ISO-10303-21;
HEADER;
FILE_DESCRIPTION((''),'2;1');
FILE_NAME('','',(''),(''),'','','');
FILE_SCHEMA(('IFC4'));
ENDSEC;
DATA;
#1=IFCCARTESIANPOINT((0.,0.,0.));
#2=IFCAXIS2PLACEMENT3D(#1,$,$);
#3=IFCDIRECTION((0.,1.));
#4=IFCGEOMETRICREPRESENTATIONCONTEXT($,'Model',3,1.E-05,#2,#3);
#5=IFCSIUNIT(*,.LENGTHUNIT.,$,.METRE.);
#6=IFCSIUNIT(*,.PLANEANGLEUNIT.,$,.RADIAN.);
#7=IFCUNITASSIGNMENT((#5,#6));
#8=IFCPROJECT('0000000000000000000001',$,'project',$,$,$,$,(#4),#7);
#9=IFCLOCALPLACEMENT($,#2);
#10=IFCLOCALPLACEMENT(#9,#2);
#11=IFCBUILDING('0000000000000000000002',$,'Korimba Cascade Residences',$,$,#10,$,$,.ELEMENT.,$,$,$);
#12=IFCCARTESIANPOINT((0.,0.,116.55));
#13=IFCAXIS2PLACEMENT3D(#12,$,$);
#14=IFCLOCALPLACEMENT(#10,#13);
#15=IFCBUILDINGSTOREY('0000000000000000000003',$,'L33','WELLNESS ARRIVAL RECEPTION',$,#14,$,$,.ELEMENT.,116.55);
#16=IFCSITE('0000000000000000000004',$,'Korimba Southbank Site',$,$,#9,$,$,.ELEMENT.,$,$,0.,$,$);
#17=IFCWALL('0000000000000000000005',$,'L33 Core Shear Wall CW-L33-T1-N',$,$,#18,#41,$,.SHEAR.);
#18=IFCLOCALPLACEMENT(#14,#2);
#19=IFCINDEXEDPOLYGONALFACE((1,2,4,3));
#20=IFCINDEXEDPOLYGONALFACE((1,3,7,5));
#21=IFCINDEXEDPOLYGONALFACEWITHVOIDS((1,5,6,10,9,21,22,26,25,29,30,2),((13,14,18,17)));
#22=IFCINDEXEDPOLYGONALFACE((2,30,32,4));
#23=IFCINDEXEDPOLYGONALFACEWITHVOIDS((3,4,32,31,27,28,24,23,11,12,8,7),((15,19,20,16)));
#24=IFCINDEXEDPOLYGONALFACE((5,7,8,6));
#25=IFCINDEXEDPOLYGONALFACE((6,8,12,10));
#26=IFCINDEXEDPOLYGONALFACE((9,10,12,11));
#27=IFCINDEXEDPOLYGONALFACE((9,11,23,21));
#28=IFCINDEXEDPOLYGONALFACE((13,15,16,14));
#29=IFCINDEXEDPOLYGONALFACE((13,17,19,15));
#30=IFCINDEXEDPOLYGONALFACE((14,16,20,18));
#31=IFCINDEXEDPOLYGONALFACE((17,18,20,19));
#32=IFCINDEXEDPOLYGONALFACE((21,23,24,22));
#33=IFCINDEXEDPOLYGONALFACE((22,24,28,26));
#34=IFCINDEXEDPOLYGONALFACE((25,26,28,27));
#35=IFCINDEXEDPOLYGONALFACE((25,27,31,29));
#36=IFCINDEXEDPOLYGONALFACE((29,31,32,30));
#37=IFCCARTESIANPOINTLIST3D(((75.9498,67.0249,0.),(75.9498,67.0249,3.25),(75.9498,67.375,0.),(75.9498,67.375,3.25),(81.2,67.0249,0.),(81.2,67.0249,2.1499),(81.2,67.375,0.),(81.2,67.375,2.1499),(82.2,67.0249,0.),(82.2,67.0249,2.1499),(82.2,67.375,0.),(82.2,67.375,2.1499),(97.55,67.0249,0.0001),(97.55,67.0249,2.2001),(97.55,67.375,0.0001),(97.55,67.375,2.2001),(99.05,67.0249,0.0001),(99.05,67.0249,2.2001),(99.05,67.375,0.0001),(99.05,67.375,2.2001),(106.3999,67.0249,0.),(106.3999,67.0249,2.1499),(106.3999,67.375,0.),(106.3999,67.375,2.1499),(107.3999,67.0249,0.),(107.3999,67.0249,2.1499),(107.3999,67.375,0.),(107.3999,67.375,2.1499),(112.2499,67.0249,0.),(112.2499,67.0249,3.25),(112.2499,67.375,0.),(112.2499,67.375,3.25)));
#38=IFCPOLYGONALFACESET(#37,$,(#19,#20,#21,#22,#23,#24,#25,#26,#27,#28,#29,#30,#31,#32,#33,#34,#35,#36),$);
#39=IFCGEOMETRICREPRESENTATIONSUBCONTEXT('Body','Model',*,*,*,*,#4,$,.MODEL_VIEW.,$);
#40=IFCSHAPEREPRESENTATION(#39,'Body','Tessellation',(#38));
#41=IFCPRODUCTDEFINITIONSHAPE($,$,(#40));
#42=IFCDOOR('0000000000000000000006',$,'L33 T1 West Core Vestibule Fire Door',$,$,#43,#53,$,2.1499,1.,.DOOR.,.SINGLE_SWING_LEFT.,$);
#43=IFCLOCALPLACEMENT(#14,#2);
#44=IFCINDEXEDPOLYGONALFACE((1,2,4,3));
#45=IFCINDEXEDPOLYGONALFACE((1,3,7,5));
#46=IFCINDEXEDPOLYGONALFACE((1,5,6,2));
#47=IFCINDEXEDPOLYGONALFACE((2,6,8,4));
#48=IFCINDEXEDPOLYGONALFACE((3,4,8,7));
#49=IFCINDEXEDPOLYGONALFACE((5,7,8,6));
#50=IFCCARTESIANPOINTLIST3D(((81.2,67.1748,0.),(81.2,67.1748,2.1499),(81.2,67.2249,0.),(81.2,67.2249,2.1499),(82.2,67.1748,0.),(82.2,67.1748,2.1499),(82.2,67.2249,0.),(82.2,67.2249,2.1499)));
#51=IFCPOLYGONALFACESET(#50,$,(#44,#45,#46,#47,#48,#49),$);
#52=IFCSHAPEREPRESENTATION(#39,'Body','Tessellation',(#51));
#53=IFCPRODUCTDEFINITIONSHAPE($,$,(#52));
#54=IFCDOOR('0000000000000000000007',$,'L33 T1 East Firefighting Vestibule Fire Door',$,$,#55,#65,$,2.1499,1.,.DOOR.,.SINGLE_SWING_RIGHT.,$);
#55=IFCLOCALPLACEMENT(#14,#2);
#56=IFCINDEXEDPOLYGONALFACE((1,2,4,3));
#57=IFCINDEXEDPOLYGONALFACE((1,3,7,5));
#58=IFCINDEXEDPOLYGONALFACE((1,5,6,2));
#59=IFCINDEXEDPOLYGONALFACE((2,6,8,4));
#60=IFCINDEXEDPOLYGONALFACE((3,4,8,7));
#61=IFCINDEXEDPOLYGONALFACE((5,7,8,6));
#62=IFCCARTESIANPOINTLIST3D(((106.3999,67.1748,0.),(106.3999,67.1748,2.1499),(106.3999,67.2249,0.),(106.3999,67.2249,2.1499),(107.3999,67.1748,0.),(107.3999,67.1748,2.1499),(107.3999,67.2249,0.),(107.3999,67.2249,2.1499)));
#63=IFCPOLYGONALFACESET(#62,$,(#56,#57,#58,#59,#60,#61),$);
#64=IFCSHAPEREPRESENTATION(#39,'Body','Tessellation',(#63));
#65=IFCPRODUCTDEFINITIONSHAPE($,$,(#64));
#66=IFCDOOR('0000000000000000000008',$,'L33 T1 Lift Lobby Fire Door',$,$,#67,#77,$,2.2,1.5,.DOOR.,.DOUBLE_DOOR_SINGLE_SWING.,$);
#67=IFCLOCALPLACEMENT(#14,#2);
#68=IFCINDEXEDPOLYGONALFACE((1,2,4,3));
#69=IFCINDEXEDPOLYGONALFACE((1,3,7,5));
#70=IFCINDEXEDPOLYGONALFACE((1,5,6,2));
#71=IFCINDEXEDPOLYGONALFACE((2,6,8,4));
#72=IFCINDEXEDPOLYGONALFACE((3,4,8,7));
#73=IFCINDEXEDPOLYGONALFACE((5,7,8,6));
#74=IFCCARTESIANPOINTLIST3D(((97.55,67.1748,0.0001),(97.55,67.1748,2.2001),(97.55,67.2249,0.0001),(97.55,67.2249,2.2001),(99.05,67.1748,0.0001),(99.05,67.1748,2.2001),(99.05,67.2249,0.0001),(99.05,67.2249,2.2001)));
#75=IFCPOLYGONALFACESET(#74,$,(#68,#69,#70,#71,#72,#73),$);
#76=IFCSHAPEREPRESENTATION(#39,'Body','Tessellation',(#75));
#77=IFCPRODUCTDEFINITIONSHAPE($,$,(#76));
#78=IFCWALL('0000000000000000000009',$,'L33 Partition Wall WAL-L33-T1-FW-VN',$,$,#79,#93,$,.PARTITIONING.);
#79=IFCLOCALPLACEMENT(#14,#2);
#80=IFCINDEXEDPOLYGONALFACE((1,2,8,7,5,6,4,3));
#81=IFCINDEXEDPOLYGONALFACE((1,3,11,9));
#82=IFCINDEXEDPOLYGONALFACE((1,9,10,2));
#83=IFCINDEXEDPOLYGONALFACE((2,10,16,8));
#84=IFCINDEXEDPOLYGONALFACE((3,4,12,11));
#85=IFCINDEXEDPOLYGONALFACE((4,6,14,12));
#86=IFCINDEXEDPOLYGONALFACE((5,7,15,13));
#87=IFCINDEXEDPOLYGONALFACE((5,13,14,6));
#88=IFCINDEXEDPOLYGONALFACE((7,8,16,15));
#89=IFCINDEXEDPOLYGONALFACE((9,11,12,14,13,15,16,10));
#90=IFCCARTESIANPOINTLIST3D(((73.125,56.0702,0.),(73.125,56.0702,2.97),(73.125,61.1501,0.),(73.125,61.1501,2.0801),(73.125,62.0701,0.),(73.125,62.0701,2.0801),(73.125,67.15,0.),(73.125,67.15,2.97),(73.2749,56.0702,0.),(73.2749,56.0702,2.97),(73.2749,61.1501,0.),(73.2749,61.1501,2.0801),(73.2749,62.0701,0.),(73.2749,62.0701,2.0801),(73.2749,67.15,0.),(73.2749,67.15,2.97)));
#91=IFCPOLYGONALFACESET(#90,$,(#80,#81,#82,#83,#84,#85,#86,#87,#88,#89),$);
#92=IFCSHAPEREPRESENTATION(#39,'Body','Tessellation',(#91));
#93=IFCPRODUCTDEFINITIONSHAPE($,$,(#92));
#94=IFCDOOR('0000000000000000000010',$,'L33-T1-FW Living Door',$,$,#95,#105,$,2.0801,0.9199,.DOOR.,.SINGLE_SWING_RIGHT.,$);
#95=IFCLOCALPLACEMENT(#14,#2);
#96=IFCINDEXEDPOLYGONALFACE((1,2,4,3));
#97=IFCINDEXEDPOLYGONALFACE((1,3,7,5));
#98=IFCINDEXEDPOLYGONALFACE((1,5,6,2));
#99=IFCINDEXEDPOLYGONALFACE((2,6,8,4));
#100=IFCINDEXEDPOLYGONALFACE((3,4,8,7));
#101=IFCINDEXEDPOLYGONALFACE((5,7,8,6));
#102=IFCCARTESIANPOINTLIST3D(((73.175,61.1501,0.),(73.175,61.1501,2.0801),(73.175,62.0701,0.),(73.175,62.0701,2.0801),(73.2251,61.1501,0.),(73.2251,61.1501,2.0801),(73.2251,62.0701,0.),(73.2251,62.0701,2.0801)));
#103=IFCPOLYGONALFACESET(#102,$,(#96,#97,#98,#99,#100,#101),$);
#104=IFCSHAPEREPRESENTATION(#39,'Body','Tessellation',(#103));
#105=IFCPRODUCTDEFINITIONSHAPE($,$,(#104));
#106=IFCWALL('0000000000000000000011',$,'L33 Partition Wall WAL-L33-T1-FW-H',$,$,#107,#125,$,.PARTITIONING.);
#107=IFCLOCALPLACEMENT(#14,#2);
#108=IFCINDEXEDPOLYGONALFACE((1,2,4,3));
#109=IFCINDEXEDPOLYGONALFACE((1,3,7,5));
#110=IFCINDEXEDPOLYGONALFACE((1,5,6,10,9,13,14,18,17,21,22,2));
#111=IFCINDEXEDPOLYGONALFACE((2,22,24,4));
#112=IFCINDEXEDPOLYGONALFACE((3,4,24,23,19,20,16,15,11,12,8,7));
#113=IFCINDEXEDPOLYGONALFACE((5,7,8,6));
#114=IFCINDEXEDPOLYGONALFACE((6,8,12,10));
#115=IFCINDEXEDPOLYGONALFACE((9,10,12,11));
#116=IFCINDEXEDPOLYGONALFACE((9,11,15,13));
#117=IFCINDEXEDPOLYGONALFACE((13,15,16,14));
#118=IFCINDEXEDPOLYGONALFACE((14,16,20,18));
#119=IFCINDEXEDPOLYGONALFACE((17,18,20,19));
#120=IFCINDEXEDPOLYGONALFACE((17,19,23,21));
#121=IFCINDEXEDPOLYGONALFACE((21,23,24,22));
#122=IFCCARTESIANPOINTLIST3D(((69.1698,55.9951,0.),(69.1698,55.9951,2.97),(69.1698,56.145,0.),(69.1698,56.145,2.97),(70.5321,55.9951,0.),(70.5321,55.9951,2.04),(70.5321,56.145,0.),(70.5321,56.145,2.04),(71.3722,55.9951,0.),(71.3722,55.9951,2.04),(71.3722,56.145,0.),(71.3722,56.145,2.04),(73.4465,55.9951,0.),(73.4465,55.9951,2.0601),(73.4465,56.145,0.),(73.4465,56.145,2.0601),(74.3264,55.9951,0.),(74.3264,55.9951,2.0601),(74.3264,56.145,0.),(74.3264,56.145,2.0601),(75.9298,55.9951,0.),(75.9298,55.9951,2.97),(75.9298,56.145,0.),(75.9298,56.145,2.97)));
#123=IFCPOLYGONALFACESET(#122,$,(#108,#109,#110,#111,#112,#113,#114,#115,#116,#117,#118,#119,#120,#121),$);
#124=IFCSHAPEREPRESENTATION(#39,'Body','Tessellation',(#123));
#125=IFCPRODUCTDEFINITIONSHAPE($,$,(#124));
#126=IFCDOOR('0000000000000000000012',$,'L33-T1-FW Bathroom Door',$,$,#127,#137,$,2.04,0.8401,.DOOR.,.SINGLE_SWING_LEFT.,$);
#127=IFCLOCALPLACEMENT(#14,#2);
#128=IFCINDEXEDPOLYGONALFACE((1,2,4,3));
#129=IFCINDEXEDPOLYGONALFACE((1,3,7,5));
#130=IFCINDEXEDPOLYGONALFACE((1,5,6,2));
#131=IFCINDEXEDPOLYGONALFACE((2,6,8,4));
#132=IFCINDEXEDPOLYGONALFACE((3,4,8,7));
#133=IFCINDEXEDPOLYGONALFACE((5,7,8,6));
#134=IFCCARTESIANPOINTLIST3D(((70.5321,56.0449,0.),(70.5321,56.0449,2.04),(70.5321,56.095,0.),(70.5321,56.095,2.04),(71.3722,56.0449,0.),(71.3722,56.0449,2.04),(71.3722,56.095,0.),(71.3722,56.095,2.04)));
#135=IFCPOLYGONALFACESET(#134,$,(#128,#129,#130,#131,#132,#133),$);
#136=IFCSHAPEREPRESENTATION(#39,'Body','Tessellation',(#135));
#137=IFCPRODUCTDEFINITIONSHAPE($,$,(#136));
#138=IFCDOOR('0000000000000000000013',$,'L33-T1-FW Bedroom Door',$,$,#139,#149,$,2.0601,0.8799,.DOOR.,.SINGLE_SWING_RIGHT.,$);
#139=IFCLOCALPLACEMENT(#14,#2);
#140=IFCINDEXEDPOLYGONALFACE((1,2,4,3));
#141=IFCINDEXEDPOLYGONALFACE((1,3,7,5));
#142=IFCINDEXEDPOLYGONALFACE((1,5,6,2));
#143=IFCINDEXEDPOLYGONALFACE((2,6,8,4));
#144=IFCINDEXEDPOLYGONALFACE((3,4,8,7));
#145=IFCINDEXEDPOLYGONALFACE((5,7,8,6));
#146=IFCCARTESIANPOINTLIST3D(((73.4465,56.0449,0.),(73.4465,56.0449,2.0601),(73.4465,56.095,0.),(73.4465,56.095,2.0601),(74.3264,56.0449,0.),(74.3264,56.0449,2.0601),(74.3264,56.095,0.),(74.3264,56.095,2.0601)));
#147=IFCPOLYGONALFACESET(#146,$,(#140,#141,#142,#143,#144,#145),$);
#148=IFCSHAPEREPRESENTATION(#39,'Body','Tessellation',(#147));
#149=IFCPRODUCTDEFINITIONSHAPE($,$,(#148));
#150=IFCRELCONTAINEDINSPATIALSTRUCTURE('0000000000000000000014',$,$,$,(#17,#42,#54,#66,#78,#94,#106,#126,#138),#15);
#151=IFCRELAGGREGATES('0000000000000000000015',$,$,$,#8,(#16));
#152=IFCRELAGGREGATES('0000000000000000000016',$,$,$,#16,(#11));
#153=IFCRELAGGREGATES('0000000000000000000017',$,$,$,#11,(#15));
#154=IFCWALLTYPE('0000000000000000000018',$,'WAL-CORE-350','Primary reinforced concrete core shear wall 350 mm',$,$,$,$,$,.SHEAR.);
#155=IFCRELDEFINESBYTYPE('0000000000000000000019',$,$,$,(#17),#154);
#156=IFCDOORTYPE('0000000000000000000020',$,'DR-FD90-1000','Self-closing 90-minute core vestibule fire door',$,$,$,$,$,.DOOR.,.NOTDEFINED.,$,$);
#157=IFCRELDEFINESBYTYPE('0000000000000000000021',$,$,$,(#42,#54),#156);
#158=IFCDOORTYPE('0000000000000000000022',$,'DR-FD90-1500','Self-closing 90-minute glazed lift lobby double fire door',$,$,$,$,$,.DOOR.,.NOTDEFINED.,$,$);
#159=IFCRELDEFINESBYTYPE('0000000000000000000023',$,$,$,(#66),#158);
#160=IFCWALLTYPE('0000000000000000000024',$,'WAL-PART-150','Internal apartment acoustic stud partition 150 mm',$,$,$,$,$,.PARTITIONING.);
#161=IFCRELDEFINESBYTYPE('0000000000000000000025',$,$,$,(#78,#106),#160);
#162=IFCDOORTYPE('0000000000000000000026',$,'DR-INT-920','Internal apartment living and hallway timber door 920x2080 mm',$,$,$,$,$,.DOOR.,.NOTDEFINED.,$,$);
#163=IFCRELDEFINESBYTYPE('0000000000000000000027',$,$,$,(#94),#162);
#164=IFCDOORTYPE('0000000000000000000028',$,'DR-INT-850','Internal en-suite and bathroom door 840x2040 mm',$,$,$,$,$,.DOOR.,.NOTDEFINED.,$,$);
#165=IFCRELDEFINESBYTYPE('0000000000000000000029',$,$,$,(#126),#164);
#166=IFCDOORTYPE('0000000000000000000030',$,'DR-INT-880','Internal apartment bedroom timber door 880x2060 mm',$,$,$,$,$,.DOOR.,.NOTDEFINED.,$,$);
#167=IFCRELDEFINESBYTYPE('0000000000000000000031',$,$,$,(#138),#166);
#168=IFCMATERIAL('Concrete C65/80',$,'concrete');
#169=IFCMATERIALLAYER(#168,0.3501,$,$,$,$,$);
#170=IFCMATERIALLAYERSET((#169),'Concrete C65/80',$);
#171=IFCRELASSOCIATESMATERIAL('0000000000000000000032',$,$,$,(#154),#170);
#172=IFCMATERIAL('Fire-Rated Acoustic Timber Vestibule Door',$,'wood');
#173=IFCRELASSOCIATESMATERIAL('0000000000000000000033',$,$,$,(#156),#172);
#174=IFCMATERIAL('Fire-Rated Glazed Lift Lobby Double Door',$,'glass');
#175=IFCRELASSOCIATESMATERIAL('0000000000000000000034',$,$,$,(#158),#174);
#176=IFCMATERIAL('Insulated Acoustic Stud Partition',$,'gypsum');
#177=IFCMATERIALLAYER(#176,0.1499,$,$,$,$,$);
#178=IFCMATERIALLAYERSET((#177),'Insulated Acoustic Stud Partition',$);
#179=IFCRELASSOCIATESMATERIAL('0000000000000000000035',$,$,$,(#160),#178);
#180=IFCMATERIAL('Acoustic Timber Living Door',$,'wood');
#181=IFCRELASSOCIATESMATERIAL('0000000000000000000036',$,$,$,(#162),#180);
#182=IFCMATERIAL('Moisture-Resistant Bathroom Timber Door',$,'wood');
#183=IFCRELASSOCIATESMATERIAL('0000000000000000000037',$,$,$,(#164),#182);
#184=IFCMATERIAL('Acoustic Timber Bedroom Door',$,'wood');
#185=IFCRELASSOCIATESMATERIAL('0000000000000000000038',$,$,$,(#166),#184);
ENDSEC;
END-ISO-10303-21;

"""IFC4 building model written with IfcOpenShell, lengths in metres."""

from ifc_helpers import new_model, si_unit, direction, frame, frame_2d, origin, place, context, subcontext, project, spatial, rectangle, extrude, material, layer, layer_set, type_object, element, fill, save


model = new_model("IFC4")

# Units and contexts
model_context = context("Model", 3, precision=1e-05, world=origin(), true_north=direction((0.0, 1.0)))
body_context = subcontext(model_context, "Body", "Model", "MODEL_VIEW")
ifc_project = project(units=[si_unit("LENGTHUNIT", "METRE"), si_unit("PLANEANGLEUNIT", "RADIAN")], contexts=[model_context])

# Site, building, storey
site_placement = place(None, origin())
site = spatial("IfcSite", under=ifc_project, at=site_placement, Name="Korimba Southbank Site", CompositionType="ELEMENT", RefElevation=0.0)
building_placement = place(site_placement, origin())
building = spatial("IfcBuilding", under=site, at=building_placement, Name="Korimba Cascade Residences", CompositionType="ELEMENT")
storey_placement = place(building_placement, frame((0.0, 0.0, 116.55)))
storey = spatial("IfcBuildingStorey", under=building, at=storey_placement, Name="L33", Description="WELLNESS ARRIVAL RECEPTION", CompositionType="ELEMENT", Elevation=116.55)

# Shared definitions
ifc_material_1 = material(Name="Concrete C65/80", Category="concrete")

# Shared definitions
ifc_layer_1 = layer(ifc_material_1, 0.3501)
ifc_layer_set_1 = layer_set([ifc_layer_1], Name="Concrete C65/80")
wall_type_1 = type_object("IfcWallType", Name="WAL-CORE-350", Description="Primary reinforced concrete core shear wall 350 mm", PredefinedType="SHEAR", material=ifc_layer_set_1)

# Wall, openings, doors
wall_1_placement = place(storey_placement, frame((75.95, 67.2, 0.0), z_axis=(0.0, 0.0, 1.0), x_axis=(1.0, 0.0, 0.0)))
wall_1 = element("IfcWall", 1, at=wall_1_placement, inside=storey, type_object=wall_type_1, Name="L33 Core Shear Wall CW-L33-T1-N", PredefinedType="SHEAR", context=body_context, shape_type="SweptSolid", body=[
    extrude(rectangle(XDim=36.3, YDim=0.3501, at=frame_2d((18.1499, 0.0))), origin(), (0.0, 0.0, 1.0), 3.25),
])
opening_1_placement = place(wall_1_placement, frame((5.25, 0.0, 0.0)))
opening_1 = element("IfcOpeningElement", 2, at=opening_1_placement, cuts=wall_1, PredefinedType="OPENING", context=body_context, shape_type="SweptSolid", body=[
    extrude(rectangle(XDim=1.0, YDim=2.1499, at=frame_2d((0.5, 1.075))), frame((0.0, 0.1851, 0.0), z_axis=(0.0, -1.0, 0.0), x_axis=(1.0, 0.0, 0.0)), (0.0, 0.0, 1.0), 0.3701),
])
opening_2_placement = place(wall_1_placement, frame((21.6001, 0.0, 0.0)))
opening_2 = element("IfcOpeningElement", 3, at=opening_2_placement, cuts=wall_1, PredefinedType="OPENING", context=body_context, shape_type="SweptSolid", body=[
    extrude(rectangle(XDim=1.5, YDim=2.2, at=frame_2d((0.75, 1.1001))), frame((0.0, 0.1851, 0.0), z_axis=(0.0, -1.0, 0.0), x_axis=(1.0, 0.0, 0.0)), (0.0, 0.0, 1.0), 0.3701),
])
opening_3_placement = place(wall_1_placement, frame((30.45, 0.0, 0.0)))
opening_3 = element("IfcOpeningElement", 4, at=opening_3_placement, cuts=wall_1, PredefinedType="OPENING", context=body_context, shape_type="SweptSolid", body=[
    extrude(rectangle(XDim=1.0, YDim=2.1499, at=frame_2d((0.5, 1.075))), frame((0.0, 0.1851, 0.0), z_axis=(0.0, -1.0, 0.0), x_axis=(1.0, 0.0, 0.0)), (0.0, 0.0, 1.0), 0.3701),
])
ifc_material_2 = material(Name="Fire-Rated Acoustic Timber Vestibule Door", Category="wood")
door_type_1 = type_object("IfcDoorType", Name="DR-FD90-1000", Description="Self-closing 90-minute core vestibule fire door", OperationType="NOTDEFINED", PredefinedType="DOOR", material=ifc_material_2)
door_1_placement = place(opening_1_placement, origin())
door_1 = element("IfcDoor", 5, at=door_1_placement, inside=storey, type_object=door_type_1, Name="L33 T1 West Core Vestibule Fire Door", OperationType="SINGLE_SWING_LEFT", OverallHeight=2.1499, OverallWidth=1.0, PredefinedType="DOOR", context=body_context, shape_type="SweptSolid", body=[
    extrude(rectangle(XDim=1.0, YDim=2.1499, at=frame_2d((0.5, 1.075))), frame((0.0, 0.0249, 0.0), z_axis=(0.0, -1.0, 0.0), x_axis=(1.0, 0.0, 0.0)), (0.0, 0.0, 1.0), 0.05),
])
fill(opening_1, door_1)
door_2_placement = place(opening_3_placement, origin())
door_2 = element("IfcDoor", 6, at=door_2_placement, inside=storey, type_object=door_type_1, Name="L33 T1 East Firefighting Vestibule Fire Door", OperationType="SINGLE_SWING_RIGHT", OverallHeight=2.1499, OverallWidth=1.0, PredefinedType="DOOR", context=body_context, shape_type="SweptSolid", body=[
    extrude(rectangle(XDim=1.0, YDim=2.1499, at=frame_2d((0.5, 1.075))), frame((0.0, 0.0249, 0.0), z_axis=(0.0, -1.0, 0.0), x_axis=(1.0, 0.0, 0.0)), (0.0, 0.0, 1.0), 0.05),
])
fill(opening_3, door_2)
ifc_material_3 = material(Name="Fire-Rated Glazed Lift Lobby Double Door", Category="glass")
door_type_2 = type_object("IfcDoorType", Name="DR-FD90-1500", Description="Self-closing 90-minute glazed lift lobby double fire door", OperationType="NOTDEFINED", PredefinedType="DOOR", material=ifc_material_3)
door_3_placement = place(opening_2_placement, origin())
door_3 = element("IfcDoor", 7, at=door_3_placement, inside=storey, type_object=door_type_2, Name="L33 T1 Lift Lobby Fire Door", OperationType="DOUBLE_DOOR_SINGLE_SWING", OverallHeight=2.2, OverallWidth=1.5, PredefinedType="DOOR", context=body_context, shape_type="SweptSolid", body=[
    extrude(rectangle(XDim=1.5, YDim=2.2, at=frame_2d((0.75, 1.1001))), frame((0.0, 0.0249, 0.0), z_axis=(0.0, -1.0, 0.0), x_axis=(1.0, 0.0, 0.0)), (0.0, 0.0, 1.0), 0.05),
])
fill(opening_2, door_3)

# Wall, opening, door
ifc_material_4 = material(Name="Insulated Acoustic Stud Partition", Category="gypsum")
ifc_layer_2 = layer(ifc_material_4, 0.1499)
ifc_layer_set_2 = layer_set([ifc_layer_2], Name="Insulated Acoustic Stud Partition")
wall_type_2 = type_object("IfcWallType", Name="WAL-PART-150", Description="Internal apartment acoustic stud partition 150 mm", PredefinedType="PARTITIONING", material=ifc_layer_set_2)
wall_2_placement = place(storey_placement, frame((73.2, 56.0701, 0.0), z_axis=(0.0, 0.0, 1.0), x_axis=(0.0, 1.0, 0.0)))
wall_2 = element("IfcWall", 8, at=wall_2_placement, inside=storey, type_object=wall_type_2, Name="L33 Partition Wall WAL-L33-T1-FW-VN", PredefinedType="PARTITIONING", context=body_context, shape_type="SweptSolid", body=[
    extrude(rectangle(XDim=11.0798, YDim=0.1499, at=frame_2d((5.54, 0.0))), origin(), (0.0, 0.0, 1.0), 2.97),
])
opening_4_placement = place(wall_2_placement, frame((5.0801, 0.0, 0.0)))
opening_4 = element("IfcOpeningElement", 9, at=opening_4_placement, cuts=wall_2, PredefinedType="OPENING", context=body_context, shape_type="SweptSolid", body=[
    extrude(rectangle(XDim=0.9199, YDim=2.0801, at=frame_2d((0.46, 1.04))), frame((0.0, 0.085, 0.0), z_axis=(0.0, -1.0, 0.0), x_axis=(1.0, 0.0, 0.0)), (0.0, 0.0, 1.0), 0.1699),
])
ifc_material_5 = material(Name="Acoustic Timber Living Door", Category="wood")
door_type_3 = type_object("IfcDoorType", Name="DR-INT-920", Description="Internal apartment living and hallway timber door 920x2080 mm", OperationType="NOTDEFINED", PredefinedType="DOOR", material=ifc_material_5)
door_4_placement = place(opening_4_placement, origin())
door_4 = element("IfcDoor", 10, at=door_4_placement, inside=storey, type_object=door_type_3, Name="L33-T1-FW Living Door", OperationType="SINGLE_SWING_RIGHT", OverallHeight=2.0801, OverallWidth=0.9199, PredefinedType="DOOR", context=body_context, shape_type="SweptSolid", body=[
    extrude(rectangle(XDim=0.9199, YDim=2.0801, at=frame_2d((0.46, 1.04))), frame((0.0, 0.0249, 0.0), z_axis=(0.0, -1.0, 0.0), x_axis=(1.0, 0.0, 0.0)), (0.0, 0.0, 1.0), 0.05),
])
fill(opening_4, door_4)

# Wall, openings, doors
wall_3_placement = place(storey_placement, frame((69.1699, 56.0701, 0.0), z_axis=(0.0, 0.0, 1.0), x_axis=(1.0, 0.0, 0.0)))
wall_3 = element("IfcWall", 11, at=wall_3_placement, inside=storey, type_object=wall_type_2, Name="L33 Partition Wall WAL-L33-T1-FW-H", PredefinedType="PARTITIONING", context=body_context, shape_type="SweptSolid", body=[
    extrude(rectangle(XDim=6.76, YDim=0.1499, at=frame_2d((3.3799, 0.0))), origin(), (0.0, 0.0, 1.0), 2.97),
])
opening_5_placement = place(wall_3_placement, frame((1.3623, 0.0, 0.0)))
opening_5 = element("IfcOpeningElement", 12, at=opening_5_placement, cuts=wall_3, PredefinedType="OPENING", context=body_context, shape_type="SweptSolid", body=[
    extrude(rectangle(XDim=0.8401, YDim=2.04, at=frame_2d((0.4199, 1.02))), frame((0.0, 0.085, 0.0), z_axis=(0.0, -1.0, 0.0), x_axis=(1.0, 0.0, 0.0)), (0.0, 0.0, 1.0), 0.1699),
])
opening_6_placement = place(wall_3_placement, frame((4.2766, 0.0, 0.0)))
opening_6 = element("IfcOpeningElement", 13, at=opening_6_placement, cuts=wall_3, PredefinedType="OPENING", context=body_context, shape_type="SweptSolid", body=[
    extrude(rectangle(XDim=0.8799, YDim=2.0601, at=frame_2d((0.4399, 1.03))), frame((0.0, 0.085, 0.0), z_axis=(0.0, -1.0, 0.0), x_axis=(1.0, 0.0, 0.0)), (0.0, 0.0, 1.0), 0.1699),
])
ifc_material_6 = material(Name="Moisture-Resistant Bathroom Timber Door", Category="wood")
door_type_4 = type_object("IfcDoorType", Name="DR-INT-850", Description="Internal en-suite and bathroom door 840x2040 mm", OperationType="NOTDEFINED", PredefinedType="DOOR", material=ifc_material_6)
door_5_placement = place(opening_5_placement, origin())
door_5 = element("IfcDoor", 14, at=door_5_placement, inside=storey, type_object=door_type_4, Name="L33-T1-FW Bathroom Door", OperationType="SINGLE_SWING_LEFT", OverallHeight=2.04, OverallWidth=0.8401, PredefinedType="DOOR", context=body_context, shape_type="SweptSolid", body=[
    extrude(rectangle(XDim=0.8401, YDim=2.04, at=frame_2d((0.4199, 1.02))), frame((0.0, 0.0249, 0.0), z_axis=(0.0, -1.0, 0.0), x_axis=(1.0, 0.0, 0.0)), (0.0, 0.0, 1.0), 0.05),
])
fill(opening_5, door_5)
ifc_material_7 = material(Name="Acoustic Timber Bedroom Door", Category="wood")
door_type_5 = type_object("IfcDoorType", Name="DR-INT-880", Description="Internal apartment bedroom timber door 880x2060 mm", OperationType="NOTDEFINED", PredefinedType="DOOR", material=ifc_material_7)
door_6_placement = place(opening_6_placement, origin())
door_6 = element("IfcDoor", 15, at=door_6_placement, inside=storey, type_object=door_type_5, Name="L33-T1-FW Bedroom Door", OperationType="SINGLE_SWING_RIGHT", OverallHeight=2.0601, OverallWidth=0.8799, PredefinedType="DOOR", context=body_context, shape_type="SweptSolid", body=[
    extrude(rectangle(XDim=0.8799, YDim=2.0601, at=frame_2d((0.4399, 1.03))), frame((0.0, 0.0249, 0.0), z_axis=(0.0, -1.0, 0.0), x_axis=(1.0, 0.0, 0.0)), (0.0, 0.0, 1.0), 0.05),
])
fill(opening_6, door_6)

save(model, "model.ifc")
